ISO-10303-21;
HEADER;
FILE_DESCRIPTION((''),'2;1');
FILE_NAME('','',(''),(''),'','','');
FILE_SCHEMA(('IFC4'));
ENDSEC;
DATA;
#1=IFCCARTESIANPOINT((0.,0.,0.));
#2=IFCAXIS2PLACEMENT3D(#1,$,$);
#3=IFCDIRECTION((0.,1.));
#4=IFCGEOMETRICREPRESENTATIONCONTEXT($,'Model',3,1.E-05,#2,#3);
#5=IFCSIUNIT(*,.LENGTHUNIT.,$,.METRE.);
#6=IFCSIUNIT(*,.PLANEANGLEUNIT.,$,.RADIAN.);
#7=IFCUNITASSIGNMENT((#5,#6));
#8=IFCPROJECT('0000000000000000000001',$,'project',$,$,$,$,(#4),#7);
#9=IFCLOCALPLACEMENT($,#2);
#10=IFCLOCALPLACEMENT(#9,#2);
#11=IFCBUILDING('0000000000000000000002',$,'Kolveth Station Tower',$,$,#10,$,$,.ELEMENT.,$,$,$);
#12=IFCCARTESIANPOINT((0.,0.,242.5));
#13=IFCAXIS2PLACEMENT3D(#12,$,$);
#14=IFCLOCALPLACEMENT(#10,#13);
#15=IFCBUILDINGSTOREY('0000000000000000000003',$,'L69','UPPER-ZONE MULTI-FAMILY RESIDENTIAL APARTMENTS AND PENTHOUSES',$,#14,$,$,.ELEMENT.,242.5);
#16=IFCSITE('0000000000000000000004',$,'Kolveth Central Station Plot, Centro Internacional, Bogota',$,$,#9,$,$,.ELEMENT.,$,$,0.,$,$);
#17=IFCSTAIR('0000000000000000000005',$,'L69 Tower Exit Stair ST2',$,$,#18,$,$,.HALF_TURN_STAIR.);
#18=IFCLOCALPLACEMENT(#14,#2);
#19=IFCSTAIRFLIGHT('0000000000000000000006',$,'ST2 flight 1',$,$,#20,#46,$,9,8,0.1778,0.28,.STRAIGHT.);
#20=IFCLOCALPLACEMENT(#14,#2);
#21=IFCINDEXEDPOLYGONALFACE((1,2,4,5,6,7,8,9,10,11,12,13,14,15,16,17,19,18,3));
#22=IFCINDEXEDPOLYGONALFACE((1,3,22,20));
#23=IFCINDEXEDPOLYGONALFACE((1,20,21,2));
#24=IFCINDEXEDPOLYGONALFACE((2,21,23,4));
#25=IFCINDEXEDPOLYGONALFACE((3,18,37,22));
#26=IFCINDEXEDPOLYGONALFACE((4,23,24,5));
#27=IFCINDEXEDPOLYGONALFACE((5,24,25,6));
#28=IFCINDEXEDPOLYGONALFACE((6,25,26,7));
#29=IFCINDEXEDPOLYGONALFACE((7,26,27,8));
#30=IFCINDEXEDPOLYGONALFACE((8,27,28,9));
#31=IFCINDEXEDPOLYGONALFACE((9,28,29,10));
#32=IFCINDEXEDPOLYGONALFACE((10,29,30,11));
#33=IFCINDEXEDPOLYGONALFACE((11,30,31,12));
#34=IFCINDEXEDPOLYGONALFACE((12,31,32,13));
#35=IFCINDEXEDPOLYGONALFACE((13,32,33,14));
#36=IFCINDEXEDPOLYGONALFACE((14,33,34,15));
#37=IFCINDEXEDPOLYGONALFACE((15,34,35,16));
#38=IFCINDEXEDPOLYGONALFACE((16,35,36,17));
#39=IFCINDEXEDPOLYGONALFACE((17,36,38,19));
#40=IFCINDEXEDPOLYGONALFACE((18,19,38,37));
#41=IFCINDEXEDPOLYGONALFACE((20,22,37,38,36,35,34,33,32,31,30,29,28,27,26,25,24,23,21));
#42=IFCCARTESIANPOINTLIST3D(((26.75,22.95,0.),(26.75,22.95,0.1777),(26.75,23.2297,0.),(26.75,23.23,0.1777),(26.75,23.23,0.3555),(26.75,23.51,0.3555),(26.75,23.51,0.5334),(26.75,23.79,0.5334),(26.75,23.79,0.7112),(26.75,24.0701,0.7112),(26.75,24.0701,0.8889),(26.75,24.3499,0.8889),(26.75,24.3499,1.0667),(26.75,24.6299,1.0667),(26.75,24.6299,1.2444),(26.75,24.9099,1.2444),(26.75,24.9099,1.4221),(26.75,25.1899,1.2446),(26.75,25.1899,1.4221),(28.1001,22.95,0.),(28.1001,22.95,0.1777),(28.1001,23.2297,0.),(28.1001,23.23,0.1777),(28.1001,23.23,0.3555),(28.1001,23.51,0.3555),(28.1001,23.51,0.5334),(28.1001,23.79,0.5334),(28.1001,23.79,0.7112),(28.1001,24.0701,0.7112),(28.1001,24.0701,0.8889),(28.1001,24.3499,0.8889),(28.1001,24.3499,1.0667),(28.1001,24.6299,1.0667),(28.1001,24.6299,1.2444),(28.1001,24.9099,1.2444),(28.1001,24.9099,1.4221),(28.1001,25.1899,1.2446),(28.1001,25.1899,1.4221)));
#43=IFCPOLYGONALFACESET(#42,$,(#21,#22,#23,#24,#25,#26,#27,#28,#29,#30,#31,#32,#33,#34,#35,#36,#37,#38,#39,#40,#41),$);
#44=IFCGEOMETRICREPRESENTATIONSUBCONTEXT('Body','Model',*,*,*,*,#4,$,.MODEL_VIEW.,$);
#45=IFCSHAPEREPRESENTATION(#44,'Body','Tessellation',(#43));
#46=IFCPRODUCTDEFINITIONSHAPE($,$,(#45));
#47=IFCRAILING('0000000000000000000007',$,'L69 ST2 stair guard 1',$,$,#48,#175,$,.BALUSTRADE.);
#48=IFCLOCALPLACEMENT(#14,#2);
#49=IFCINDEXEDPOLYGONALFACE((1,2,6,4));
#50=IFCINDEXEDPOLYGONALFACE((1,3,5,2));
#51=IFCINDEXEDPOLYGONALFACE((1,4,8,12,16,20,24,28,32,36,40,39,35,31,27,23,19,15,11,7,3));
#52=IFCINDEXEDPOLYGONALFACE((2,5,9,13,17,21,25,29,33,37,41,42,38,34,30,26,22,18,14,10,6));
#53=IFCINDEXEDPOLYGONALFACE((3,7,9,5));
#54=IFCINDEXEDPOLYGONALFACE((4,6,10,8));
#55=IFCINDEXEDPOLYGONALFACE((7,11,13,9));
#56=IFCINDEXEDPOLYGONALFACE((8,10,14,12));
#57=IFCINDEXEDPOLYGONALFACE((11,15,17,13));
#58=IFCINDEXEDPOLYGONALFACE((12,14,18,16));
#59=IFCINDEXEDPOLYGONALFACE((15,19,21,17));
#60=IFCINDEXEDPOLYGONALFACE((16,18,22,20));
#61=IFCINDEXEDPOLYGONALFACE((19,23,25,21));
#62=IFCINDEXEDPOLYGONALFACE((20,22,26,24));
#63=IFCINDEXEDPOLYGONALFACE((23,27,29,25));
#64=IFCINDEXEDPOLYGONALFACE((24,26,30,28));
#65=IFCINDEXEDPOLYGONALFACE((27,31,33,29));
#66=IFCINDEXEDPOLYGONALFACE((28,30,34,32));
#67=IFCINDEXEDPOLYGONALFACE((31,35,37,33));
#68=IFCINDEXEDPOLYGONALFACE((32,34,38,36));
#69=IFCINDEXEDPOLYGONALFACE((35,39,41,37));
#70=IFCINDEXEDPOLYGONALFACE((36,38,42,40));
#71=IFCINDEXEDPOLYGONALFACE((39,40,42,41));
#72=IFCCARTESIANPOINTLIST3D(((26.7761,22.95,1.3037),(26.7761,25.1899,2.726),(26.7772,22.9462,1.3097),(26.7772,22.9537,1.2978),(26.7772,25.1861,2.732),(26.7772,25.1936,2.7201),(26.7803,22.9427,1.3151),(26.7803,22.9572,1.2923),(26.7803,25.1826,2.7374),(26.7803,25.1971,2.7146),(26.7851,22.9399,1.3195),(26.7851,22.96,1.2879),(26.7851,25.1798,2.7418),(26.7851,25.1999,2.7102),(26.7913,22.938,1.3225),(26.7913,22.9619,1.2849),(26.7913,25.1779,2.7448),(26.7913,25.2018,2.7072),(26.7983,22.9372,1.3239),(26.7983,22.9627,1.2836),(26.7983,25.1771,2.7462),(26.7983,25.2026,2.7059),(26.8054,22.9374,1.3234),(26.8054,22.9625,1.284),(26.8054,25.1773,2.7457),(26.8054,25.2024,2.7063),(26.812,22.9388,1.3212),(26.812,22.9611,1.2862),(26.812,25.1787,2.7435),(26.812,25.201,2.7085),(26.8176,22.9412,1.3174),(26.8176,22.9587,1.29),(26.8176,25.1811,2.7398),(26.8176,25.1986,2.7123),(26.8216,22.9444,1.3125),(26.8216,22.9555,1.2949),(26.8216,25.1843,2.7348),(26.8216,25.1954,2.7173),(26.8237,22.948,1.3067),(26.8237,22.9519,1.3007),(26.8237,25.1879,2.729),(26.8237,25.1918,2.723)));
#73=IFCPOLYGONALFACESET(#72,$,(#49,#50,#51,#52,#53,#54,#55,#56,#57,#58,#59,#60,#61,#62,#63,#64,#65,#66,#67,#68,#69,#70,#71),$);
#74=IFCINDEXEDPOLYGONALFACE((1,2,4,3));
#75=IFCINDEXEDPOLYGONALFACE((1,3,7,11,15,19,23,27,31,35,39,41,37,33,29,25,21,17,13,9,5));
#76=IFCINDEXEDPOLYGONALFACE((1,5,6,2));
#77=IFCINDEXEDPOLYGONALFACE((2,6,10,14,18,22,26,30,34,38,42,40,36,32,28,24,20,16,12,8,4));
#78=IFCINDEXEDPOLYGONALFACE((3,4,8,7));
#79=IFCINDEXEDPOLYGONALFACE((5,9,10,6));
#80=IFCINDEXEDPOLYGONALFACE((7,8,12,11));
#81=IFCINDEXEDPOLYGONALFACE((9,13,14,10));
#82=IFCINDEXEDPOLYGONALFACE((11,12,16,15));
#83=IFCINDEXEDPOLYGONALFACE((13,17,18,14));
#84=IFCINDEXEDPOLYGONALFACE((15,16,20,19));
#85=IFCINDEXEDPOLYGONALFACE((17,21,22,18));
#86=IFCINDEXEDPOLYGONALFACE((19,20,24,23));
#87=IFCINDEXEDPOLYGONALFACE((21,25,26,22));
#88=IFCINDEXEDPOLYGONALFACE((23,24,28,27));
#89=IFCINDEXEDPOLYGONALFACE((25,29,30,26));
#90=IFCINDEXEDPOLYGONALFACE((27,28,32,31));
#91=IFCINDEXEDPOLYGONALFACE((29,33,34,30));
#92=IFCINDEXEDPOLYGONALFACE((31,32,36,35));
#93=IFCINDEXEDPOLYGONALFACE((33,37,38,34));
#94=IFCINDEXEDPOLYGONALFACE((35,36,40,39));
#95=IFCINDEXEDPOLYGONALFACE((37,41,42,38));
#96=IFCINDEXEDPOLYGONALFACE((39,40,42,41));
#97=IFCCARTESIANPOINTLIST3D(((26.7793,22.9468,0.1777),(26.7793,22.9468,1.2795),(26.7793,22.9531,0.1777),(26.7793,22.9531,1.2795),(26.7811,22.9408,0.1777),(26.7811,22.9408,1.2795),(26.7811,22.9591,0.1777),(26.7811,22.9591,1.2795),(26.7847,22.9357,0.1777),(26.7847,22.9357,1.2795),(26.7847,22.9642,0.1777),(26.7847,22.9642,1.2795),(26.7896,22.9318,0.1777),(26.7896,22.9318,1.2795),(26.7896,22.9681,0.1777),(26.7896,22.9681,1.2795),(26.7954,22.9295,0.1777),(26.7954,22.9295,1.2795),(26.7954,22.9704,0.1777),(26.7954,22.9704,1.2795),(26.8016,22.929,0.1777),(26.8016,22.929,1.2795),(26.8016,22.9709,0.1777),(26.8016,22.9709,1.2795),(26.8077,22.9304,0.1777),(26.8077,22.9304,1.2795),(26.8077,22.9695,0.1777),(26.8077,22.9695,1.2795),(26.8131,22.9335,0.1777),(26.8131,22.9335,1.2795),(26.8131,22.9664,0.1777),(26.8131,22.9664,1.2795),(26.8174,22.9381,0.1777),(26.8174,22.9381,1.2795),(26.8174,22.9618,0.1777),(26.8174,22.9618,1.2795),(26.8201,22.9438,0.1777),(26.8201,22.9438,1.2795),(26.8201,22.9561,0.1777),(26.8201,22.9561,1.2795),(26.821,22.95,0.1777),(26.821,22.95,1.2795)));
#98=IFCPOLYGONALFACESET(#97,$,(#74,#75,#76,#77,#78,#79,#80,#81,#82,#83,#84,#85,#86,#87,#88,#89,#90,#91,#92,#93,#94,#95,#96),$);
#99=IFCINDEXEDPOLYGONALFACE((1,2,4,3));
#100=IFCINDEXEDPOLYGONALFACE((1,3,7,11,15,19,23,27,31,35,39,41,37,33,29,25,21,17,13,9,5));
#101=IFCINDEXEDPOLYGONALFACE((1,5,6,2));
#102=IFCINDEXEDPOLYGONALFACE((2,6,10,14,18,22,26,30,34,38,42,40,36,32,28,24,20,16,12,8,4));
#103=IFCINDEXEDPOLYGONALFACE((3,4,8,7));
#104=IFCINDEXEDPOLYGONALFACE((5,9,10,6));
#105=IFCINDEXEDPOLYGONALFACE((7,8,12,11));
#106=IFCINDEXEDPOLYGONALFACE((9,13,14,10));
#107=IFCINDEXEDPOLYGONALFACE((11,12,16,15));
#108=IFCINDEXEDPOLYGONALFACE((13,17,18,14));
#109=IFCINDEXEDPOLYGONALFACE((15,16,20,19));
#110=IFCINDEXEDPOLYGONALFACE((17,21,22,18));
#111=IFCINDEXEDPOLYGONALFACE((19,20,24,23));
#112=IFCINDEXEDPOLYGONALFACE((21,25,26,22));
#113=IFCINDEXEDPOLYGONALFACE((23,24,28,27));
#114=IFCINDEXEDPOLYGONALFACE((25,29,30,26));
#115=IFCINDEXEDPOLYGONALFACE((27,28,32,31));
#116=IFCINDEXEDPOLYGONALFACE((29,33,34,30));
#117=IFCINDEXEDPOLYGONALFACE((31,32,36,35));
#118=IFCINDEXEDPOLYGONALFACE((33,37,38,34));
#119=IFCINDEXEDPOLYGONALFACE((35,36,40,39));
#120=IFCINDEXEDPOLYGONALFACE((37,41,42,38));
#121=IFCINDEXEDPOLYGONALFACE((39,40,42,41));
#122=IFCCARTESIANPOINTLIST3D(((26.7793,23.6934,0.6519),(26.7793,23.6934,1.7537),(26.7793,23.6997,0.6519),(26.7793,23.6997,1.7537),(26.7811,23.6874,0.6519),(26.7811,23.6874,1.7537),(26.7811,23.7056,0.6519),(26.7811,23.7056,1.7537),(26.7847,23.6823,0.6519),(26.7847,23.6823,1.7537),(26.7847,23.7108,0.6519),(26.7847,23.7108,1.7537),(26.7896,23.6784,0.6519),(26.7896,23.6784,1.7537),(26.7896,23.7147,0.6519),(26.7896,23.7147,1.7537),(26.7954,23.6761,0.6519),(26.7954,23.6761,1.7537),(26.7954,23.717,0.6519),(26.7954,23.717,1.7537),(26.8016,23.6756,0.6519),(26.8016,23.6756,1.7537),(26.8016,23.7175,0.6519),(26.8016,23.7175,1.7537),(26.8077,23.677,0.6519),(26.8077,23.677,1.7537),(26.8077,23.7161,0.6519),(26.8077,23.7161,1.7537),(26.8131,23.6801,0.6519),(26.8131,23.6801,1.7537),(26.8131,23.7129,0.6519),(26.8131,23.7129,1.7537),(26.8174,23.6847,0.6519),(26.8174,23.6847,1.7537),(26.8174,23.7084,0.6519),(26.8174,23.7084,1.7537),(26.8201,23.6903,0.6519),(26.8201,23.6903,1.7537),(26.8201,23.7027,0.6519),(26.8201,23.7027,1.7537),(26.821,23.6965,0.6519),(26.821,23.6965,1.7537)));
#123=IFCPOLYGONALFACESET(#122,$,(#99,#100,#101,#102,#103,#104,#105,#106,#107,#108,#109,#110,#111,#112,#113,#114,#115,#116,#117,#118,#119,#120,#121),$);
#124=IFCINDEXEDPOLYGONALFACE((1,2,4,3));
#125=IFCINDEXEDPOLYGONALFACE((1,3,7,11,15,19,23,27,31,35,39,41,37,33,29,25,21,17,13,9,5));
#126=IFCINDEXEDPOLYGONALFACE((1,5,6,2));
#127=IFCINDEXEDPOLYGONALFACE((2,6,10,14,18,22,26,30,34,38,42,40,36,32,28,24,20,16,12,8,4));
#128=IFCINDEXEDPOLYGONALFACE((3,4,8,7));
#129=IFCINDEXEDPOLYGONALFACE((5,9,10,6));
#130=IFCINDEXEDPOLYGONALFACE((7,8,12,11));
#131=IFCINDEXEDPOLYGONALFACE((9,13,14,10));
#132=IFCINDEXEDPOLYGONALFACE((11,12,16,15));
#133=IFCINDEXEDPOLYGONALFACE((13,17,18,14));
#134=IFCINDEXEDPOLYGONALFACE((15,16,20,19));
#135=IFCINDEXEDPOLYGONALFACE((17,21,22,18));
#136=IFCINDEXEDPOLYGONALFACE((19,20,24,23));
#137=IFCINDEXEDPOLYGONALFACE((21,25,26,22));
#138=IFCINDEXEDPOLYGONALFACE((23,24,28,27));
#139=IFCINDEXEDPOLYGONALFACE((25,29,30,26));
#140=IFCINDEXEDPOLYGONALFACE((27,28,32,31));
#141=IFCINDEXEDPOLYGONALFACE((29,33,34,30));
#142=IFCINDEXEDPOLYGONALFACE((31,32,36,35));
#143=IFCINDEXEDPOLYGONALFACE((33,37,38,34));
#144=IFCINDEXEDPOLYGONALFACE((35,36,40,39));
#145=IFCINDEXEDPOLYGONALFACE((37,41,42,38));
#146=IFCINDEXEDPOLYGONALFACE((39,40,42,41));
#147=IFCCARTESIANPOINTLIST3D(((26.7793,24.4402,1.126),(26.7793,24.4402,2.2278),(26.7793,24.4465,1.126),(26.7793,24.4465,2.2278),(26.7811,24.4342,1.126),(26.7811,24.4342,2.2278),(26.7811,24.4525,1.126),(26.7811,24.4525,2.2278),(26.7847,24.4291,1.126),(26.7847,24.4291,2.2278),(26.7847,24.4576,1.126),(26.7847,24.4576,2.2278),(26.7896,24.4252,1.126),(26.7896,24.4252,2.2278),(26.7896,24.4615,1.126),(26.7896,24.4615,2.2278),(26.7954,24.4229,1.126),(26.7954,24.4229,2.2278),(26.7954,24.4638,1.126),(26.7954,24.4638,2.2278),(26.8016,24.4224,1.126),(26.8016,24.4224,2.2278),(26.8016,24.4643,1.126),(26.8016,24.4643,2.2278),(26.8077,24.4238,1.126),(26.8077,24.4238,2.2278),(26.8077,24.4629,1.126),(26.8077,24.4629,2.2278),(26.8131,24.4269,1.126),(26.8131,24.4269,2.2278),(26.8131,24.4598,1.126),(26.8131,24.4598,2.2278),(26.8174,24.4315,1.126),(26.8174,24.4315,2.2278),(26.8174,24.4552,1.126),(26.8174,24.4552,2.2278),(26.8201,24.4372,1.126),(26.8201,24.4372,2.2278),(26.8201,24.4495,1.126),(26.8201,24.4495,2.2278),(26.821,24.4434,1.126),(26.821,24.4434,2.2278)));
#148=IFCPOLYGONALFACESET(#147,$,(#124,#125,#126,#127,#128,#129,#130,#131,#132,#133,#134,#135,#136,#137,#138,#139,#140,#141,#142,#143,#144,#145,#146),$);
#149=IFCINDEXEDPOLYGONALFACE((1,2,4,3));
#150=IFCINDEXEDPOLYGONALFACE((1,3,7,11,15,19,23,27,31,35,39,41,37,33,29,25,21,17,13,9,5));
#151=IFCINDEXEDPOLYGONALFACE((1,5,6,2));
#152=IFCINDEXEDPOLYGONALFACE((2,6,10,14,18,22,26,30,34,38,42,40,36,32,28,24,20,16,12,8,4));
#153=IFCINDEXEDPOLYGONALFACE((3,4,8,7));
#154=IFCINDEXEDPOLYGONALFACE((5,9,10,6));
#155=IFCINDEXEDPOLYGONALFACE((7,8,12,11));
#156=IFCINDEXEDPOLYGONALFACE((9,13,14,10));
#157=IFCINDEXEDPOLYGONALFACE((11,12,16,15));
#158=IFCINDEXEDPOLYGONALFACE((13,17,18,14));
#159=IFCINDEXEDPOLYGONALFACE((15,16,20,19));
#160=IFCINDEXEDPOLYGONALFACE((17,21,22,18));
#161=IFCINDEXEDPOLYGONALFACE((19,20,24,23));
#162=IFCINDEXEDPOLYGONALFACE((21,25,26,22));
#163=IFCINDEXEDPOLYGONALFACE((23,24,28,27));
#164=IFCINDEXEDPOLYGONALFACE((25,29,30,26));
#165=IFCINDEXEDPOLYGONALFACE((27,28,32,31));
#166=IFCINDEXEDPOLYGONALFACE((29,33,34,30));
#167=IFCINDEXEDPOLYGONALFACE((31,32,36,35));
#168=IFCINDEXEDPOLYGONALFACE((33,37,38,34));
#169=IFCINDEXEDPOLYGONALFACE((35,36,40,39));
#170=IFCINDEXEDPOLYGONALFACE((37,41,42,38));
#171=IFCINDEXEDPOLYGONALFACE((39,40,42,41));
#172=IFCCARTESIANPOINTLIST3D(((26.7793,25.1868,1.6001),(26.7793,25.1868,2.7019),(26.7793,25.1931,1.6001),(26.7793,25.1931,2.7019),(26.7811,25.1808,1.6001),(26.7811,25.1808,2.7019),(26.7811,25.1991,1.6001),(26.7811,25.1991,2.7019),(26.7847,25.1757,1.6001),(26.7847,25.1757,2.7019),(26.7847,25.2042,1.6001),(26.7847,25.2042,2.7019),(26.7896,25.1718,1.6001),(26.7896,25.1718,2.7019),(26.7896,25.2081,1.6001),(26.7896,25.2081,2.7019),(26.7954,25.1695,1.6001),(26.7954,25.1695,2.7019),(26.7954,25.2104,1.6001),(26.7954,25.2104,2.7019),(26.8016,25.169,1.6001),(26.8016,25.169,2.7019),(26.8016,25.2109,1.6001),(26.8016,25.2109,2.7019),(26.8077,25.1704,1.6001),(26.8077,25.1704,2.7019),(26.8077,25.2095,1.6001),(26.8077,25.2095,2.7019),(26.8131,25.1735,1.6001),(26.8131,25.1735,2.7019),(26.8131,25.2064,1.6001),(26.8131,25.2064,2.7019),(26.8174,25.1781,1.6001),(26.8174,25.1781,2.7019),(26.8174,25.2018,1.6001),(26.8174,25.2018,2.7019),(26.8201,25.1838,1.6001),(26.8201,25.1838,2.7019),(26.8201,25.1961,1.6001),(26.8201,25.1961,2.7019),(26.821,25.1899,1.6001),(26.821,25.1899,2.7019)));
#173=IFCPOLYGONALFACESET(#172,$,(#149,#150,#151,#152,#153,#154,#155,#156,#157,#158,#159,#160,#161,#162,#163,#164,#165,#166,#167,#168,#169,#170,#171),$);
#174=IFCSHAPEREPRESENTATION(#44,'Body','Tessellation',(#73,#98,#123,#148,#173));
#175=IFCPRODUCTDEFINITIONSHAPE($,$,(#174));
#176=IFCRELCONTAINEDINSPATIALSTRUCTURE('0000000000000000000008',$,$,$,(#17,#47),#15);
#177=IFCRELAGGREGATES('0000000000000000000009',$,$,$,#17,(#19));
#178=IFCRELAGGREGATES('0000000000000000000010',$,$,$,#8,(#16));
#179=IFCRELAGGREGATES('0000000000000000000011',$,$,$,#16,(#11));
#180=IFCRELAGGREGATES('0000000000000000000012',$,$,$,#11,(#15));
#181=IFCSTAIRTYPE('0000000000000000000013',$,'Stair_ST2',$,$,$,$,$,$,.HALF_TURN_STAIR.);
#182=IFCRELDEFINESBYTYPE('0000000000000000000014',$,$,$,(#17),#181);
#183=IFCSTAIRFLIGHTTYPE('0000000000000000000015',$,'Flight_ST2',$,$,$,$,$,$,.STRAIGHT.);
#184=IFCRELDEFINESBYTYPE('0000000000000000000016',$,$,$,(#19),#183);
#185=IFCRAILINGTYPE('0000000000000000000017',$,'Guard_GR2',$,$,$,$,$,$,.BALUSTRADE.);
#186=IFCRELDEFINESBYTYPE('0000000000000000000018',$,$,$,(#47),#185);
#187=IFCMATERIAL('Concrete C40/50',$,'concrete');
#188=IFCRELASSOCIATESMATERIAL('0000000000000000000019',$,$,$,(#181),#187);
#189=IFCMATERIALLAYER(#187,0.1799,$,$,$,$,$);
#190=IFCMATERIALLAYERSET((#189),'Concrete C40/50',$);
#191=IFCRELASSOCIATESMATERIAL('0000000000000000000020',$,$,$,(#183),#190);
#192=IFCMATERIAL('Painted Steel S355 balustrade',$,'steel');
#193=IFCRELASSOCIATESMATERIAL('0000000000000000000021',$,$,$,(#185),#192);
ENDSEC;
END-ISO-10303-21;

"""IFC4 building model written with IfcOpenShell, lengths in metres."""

from ifc_helpers import new_model, si_unit, direction, frame, origin, origin_2d, place, context, subcontext, project, spatial, polyline, circle, outline, extrude, material, layer, layer_set, type_object, element, aggregate, save


model = new_model("IFC4")

# Units and contexts
model_context = context("Model", 3, precision=1e-05, world=origin(), true_north=direction((0.0, 1.0)))
body_context = subcontext(model_context, "Body", "Model", "MODEL_VIEW")
ifc_project = project(units=[si_unit("LENGTHUNIT", "METRE"), si_unit("PLANEANGLEUNIT", "RADIAN")], contexts=[model_context])

# Site, building, storey
site_placement = place(None, origin())
site = spatial("IfcSite", under=ifc_project, at=site_placement, Name="Kolveth Central Station Plot, Centro Internacional, Bogota", CompositionType="ELEMENT", RefElevation=0.0)
building_placement = place(site_placement, origin())
building = spatial("IfcBuilding", under=site, at=building_placement, Name="Kolveth Station Tower", CompositionType="ELEMENT")
storey_placement = place(building_placement, frame((0.0, 0.0, 242.5)))
storey = spatial("IfcBuildingStorey", under=building, at=storey_placement, Name="L69", Description="UPPER-ZONE MULTI-FAMILY RESIDENTIAL APARTMENTS AND PENTHOUSES", CompositionType="ELEMENT", Elevation=242.5)

# Shared definitions
ifc_material_1 = material(Name="Concrete C40/50", Category="concrete")

# Stair, stair flight
stair_type = type_object("IfcStairType", Name="Stair_ST2", PredefinedType="HALF_TURN_STAIR", material=ifc_material_1)
stair_placement = place(storey_placement, origin())
stair = element("IfcStair", 1, at=stair_placement, inside=storey, type_object=stair_type, Name="L69 Tower Exit Stair ST2", PredefinedType="HALF_TURN_STAIR")
ifc_layer_1 = layer(ifc_material_1, 0.1799)
ifc_layer_set_1 = layer_set([ifc_layer_1], Name="Concrete C40/50")
stair_flight_type = type_object("IfcStairFlightType", Name="Flight_ST2", PredefinedType="STRAIGHT", material=ifc_layer_set_1)
stair_flight_placement = place(storey_placement, frame((27.425, 22.95, 0.0), z_axis=(0.0, 0.0, 1.0), x_axis=(0.0, 1.0, 0.0)))
stair_flight = element("IfcStairFlight", 2, at=stair_flight_placement, type_object=stair_flight_type, Name="ST2 flight 1", NumberOfRisers=9, NumberOfTreads=8, PredefinedType="STRAIGHT", RiserHeight=0.1778, TreadLength=0.28, context=body_context, shape_type="SweptSolid", body=[
    extrude(outline(polyline([(0.0, 0.0), (0.0, 0.1777), (0.28, 0.1777), (0.28, 0.3555), (0.5601, 0.3555), (0.5601, 0.5334), (0.8401, 0.5334), (0.8401, 0.7112), (1.1201, 0.7112), (1.1201, 0.8889), (1.3999, 0.8889), (1.3999, 1.0667), (1.6799, 1.0667), (1.6799, 1.2444), (1.96, 1.2444), (1.96, 1.4221), (2.24, 1.4221), (2.24, 1.6001), (2.24, 1.2446), (0.2798, 0.0), (0.0, 0.0)])), frame((0.0, 0.675, 0.0), z_axis=(0.0, -1.0, 0.0), x_axis=(1.0, 0.0, 0.0)), (0.0, 0.0, 1.0), 1.3501),
])
aggregate(stair, [stair_flight])

# Railing
ifc_material_2 = material(Name="Painted Steel S355 balustrade", Category="steel")
railing_type_1 = type_object("IfcRailingType", Name="Guard_GR2", PredefinedType="BALUSTRADE", material=ifc_material_2)
railing_1_placement = place(storey_placement, frame((26.8, 22.95, 0.1777)))
element("IfcRailing", 3, at=railing_1_placement, inside=storey, type_object=railing_type_1, Name="L69 ST2 stair guard 1", PredefinedType="BALUSTRADE", context=body_context, shape_type="SweptSolid", body=[
    extrude(circle(Radius=0.0239, at=origin_2d()), frame((0.0, 0.0, 1.126), z_axis=(0.0, 0.844188, 0.536048), x_axis=(-1.0, 0.0, 0.0)), (0.0, 0.0, 1.0), 2.6533),
    extrude(circle(Radius=0.021, at=origin_2d()), origin(), (0.0, 0.0, 1.0), 1.1018),
    extrude(circle(Radius=0.021, at=origin_2d()), frame((0.0, 0.7466, 0.4741)), (0.0, 0.0, 1.0), 1.1018),
    extrude(circle(Radius=0.021, at=origin_2d()), frame((0.0, 1.4934, 0.9482)), (0.0, 0.0, 1.0), 1.1018),
    extrude(circle(Radius=0.021, at=origin_2d()), frame((0.0, 2.24, 1.4224)), (0.0, 0.0, 1.0), 1.1018),
])

save(model, "model.ifc")
